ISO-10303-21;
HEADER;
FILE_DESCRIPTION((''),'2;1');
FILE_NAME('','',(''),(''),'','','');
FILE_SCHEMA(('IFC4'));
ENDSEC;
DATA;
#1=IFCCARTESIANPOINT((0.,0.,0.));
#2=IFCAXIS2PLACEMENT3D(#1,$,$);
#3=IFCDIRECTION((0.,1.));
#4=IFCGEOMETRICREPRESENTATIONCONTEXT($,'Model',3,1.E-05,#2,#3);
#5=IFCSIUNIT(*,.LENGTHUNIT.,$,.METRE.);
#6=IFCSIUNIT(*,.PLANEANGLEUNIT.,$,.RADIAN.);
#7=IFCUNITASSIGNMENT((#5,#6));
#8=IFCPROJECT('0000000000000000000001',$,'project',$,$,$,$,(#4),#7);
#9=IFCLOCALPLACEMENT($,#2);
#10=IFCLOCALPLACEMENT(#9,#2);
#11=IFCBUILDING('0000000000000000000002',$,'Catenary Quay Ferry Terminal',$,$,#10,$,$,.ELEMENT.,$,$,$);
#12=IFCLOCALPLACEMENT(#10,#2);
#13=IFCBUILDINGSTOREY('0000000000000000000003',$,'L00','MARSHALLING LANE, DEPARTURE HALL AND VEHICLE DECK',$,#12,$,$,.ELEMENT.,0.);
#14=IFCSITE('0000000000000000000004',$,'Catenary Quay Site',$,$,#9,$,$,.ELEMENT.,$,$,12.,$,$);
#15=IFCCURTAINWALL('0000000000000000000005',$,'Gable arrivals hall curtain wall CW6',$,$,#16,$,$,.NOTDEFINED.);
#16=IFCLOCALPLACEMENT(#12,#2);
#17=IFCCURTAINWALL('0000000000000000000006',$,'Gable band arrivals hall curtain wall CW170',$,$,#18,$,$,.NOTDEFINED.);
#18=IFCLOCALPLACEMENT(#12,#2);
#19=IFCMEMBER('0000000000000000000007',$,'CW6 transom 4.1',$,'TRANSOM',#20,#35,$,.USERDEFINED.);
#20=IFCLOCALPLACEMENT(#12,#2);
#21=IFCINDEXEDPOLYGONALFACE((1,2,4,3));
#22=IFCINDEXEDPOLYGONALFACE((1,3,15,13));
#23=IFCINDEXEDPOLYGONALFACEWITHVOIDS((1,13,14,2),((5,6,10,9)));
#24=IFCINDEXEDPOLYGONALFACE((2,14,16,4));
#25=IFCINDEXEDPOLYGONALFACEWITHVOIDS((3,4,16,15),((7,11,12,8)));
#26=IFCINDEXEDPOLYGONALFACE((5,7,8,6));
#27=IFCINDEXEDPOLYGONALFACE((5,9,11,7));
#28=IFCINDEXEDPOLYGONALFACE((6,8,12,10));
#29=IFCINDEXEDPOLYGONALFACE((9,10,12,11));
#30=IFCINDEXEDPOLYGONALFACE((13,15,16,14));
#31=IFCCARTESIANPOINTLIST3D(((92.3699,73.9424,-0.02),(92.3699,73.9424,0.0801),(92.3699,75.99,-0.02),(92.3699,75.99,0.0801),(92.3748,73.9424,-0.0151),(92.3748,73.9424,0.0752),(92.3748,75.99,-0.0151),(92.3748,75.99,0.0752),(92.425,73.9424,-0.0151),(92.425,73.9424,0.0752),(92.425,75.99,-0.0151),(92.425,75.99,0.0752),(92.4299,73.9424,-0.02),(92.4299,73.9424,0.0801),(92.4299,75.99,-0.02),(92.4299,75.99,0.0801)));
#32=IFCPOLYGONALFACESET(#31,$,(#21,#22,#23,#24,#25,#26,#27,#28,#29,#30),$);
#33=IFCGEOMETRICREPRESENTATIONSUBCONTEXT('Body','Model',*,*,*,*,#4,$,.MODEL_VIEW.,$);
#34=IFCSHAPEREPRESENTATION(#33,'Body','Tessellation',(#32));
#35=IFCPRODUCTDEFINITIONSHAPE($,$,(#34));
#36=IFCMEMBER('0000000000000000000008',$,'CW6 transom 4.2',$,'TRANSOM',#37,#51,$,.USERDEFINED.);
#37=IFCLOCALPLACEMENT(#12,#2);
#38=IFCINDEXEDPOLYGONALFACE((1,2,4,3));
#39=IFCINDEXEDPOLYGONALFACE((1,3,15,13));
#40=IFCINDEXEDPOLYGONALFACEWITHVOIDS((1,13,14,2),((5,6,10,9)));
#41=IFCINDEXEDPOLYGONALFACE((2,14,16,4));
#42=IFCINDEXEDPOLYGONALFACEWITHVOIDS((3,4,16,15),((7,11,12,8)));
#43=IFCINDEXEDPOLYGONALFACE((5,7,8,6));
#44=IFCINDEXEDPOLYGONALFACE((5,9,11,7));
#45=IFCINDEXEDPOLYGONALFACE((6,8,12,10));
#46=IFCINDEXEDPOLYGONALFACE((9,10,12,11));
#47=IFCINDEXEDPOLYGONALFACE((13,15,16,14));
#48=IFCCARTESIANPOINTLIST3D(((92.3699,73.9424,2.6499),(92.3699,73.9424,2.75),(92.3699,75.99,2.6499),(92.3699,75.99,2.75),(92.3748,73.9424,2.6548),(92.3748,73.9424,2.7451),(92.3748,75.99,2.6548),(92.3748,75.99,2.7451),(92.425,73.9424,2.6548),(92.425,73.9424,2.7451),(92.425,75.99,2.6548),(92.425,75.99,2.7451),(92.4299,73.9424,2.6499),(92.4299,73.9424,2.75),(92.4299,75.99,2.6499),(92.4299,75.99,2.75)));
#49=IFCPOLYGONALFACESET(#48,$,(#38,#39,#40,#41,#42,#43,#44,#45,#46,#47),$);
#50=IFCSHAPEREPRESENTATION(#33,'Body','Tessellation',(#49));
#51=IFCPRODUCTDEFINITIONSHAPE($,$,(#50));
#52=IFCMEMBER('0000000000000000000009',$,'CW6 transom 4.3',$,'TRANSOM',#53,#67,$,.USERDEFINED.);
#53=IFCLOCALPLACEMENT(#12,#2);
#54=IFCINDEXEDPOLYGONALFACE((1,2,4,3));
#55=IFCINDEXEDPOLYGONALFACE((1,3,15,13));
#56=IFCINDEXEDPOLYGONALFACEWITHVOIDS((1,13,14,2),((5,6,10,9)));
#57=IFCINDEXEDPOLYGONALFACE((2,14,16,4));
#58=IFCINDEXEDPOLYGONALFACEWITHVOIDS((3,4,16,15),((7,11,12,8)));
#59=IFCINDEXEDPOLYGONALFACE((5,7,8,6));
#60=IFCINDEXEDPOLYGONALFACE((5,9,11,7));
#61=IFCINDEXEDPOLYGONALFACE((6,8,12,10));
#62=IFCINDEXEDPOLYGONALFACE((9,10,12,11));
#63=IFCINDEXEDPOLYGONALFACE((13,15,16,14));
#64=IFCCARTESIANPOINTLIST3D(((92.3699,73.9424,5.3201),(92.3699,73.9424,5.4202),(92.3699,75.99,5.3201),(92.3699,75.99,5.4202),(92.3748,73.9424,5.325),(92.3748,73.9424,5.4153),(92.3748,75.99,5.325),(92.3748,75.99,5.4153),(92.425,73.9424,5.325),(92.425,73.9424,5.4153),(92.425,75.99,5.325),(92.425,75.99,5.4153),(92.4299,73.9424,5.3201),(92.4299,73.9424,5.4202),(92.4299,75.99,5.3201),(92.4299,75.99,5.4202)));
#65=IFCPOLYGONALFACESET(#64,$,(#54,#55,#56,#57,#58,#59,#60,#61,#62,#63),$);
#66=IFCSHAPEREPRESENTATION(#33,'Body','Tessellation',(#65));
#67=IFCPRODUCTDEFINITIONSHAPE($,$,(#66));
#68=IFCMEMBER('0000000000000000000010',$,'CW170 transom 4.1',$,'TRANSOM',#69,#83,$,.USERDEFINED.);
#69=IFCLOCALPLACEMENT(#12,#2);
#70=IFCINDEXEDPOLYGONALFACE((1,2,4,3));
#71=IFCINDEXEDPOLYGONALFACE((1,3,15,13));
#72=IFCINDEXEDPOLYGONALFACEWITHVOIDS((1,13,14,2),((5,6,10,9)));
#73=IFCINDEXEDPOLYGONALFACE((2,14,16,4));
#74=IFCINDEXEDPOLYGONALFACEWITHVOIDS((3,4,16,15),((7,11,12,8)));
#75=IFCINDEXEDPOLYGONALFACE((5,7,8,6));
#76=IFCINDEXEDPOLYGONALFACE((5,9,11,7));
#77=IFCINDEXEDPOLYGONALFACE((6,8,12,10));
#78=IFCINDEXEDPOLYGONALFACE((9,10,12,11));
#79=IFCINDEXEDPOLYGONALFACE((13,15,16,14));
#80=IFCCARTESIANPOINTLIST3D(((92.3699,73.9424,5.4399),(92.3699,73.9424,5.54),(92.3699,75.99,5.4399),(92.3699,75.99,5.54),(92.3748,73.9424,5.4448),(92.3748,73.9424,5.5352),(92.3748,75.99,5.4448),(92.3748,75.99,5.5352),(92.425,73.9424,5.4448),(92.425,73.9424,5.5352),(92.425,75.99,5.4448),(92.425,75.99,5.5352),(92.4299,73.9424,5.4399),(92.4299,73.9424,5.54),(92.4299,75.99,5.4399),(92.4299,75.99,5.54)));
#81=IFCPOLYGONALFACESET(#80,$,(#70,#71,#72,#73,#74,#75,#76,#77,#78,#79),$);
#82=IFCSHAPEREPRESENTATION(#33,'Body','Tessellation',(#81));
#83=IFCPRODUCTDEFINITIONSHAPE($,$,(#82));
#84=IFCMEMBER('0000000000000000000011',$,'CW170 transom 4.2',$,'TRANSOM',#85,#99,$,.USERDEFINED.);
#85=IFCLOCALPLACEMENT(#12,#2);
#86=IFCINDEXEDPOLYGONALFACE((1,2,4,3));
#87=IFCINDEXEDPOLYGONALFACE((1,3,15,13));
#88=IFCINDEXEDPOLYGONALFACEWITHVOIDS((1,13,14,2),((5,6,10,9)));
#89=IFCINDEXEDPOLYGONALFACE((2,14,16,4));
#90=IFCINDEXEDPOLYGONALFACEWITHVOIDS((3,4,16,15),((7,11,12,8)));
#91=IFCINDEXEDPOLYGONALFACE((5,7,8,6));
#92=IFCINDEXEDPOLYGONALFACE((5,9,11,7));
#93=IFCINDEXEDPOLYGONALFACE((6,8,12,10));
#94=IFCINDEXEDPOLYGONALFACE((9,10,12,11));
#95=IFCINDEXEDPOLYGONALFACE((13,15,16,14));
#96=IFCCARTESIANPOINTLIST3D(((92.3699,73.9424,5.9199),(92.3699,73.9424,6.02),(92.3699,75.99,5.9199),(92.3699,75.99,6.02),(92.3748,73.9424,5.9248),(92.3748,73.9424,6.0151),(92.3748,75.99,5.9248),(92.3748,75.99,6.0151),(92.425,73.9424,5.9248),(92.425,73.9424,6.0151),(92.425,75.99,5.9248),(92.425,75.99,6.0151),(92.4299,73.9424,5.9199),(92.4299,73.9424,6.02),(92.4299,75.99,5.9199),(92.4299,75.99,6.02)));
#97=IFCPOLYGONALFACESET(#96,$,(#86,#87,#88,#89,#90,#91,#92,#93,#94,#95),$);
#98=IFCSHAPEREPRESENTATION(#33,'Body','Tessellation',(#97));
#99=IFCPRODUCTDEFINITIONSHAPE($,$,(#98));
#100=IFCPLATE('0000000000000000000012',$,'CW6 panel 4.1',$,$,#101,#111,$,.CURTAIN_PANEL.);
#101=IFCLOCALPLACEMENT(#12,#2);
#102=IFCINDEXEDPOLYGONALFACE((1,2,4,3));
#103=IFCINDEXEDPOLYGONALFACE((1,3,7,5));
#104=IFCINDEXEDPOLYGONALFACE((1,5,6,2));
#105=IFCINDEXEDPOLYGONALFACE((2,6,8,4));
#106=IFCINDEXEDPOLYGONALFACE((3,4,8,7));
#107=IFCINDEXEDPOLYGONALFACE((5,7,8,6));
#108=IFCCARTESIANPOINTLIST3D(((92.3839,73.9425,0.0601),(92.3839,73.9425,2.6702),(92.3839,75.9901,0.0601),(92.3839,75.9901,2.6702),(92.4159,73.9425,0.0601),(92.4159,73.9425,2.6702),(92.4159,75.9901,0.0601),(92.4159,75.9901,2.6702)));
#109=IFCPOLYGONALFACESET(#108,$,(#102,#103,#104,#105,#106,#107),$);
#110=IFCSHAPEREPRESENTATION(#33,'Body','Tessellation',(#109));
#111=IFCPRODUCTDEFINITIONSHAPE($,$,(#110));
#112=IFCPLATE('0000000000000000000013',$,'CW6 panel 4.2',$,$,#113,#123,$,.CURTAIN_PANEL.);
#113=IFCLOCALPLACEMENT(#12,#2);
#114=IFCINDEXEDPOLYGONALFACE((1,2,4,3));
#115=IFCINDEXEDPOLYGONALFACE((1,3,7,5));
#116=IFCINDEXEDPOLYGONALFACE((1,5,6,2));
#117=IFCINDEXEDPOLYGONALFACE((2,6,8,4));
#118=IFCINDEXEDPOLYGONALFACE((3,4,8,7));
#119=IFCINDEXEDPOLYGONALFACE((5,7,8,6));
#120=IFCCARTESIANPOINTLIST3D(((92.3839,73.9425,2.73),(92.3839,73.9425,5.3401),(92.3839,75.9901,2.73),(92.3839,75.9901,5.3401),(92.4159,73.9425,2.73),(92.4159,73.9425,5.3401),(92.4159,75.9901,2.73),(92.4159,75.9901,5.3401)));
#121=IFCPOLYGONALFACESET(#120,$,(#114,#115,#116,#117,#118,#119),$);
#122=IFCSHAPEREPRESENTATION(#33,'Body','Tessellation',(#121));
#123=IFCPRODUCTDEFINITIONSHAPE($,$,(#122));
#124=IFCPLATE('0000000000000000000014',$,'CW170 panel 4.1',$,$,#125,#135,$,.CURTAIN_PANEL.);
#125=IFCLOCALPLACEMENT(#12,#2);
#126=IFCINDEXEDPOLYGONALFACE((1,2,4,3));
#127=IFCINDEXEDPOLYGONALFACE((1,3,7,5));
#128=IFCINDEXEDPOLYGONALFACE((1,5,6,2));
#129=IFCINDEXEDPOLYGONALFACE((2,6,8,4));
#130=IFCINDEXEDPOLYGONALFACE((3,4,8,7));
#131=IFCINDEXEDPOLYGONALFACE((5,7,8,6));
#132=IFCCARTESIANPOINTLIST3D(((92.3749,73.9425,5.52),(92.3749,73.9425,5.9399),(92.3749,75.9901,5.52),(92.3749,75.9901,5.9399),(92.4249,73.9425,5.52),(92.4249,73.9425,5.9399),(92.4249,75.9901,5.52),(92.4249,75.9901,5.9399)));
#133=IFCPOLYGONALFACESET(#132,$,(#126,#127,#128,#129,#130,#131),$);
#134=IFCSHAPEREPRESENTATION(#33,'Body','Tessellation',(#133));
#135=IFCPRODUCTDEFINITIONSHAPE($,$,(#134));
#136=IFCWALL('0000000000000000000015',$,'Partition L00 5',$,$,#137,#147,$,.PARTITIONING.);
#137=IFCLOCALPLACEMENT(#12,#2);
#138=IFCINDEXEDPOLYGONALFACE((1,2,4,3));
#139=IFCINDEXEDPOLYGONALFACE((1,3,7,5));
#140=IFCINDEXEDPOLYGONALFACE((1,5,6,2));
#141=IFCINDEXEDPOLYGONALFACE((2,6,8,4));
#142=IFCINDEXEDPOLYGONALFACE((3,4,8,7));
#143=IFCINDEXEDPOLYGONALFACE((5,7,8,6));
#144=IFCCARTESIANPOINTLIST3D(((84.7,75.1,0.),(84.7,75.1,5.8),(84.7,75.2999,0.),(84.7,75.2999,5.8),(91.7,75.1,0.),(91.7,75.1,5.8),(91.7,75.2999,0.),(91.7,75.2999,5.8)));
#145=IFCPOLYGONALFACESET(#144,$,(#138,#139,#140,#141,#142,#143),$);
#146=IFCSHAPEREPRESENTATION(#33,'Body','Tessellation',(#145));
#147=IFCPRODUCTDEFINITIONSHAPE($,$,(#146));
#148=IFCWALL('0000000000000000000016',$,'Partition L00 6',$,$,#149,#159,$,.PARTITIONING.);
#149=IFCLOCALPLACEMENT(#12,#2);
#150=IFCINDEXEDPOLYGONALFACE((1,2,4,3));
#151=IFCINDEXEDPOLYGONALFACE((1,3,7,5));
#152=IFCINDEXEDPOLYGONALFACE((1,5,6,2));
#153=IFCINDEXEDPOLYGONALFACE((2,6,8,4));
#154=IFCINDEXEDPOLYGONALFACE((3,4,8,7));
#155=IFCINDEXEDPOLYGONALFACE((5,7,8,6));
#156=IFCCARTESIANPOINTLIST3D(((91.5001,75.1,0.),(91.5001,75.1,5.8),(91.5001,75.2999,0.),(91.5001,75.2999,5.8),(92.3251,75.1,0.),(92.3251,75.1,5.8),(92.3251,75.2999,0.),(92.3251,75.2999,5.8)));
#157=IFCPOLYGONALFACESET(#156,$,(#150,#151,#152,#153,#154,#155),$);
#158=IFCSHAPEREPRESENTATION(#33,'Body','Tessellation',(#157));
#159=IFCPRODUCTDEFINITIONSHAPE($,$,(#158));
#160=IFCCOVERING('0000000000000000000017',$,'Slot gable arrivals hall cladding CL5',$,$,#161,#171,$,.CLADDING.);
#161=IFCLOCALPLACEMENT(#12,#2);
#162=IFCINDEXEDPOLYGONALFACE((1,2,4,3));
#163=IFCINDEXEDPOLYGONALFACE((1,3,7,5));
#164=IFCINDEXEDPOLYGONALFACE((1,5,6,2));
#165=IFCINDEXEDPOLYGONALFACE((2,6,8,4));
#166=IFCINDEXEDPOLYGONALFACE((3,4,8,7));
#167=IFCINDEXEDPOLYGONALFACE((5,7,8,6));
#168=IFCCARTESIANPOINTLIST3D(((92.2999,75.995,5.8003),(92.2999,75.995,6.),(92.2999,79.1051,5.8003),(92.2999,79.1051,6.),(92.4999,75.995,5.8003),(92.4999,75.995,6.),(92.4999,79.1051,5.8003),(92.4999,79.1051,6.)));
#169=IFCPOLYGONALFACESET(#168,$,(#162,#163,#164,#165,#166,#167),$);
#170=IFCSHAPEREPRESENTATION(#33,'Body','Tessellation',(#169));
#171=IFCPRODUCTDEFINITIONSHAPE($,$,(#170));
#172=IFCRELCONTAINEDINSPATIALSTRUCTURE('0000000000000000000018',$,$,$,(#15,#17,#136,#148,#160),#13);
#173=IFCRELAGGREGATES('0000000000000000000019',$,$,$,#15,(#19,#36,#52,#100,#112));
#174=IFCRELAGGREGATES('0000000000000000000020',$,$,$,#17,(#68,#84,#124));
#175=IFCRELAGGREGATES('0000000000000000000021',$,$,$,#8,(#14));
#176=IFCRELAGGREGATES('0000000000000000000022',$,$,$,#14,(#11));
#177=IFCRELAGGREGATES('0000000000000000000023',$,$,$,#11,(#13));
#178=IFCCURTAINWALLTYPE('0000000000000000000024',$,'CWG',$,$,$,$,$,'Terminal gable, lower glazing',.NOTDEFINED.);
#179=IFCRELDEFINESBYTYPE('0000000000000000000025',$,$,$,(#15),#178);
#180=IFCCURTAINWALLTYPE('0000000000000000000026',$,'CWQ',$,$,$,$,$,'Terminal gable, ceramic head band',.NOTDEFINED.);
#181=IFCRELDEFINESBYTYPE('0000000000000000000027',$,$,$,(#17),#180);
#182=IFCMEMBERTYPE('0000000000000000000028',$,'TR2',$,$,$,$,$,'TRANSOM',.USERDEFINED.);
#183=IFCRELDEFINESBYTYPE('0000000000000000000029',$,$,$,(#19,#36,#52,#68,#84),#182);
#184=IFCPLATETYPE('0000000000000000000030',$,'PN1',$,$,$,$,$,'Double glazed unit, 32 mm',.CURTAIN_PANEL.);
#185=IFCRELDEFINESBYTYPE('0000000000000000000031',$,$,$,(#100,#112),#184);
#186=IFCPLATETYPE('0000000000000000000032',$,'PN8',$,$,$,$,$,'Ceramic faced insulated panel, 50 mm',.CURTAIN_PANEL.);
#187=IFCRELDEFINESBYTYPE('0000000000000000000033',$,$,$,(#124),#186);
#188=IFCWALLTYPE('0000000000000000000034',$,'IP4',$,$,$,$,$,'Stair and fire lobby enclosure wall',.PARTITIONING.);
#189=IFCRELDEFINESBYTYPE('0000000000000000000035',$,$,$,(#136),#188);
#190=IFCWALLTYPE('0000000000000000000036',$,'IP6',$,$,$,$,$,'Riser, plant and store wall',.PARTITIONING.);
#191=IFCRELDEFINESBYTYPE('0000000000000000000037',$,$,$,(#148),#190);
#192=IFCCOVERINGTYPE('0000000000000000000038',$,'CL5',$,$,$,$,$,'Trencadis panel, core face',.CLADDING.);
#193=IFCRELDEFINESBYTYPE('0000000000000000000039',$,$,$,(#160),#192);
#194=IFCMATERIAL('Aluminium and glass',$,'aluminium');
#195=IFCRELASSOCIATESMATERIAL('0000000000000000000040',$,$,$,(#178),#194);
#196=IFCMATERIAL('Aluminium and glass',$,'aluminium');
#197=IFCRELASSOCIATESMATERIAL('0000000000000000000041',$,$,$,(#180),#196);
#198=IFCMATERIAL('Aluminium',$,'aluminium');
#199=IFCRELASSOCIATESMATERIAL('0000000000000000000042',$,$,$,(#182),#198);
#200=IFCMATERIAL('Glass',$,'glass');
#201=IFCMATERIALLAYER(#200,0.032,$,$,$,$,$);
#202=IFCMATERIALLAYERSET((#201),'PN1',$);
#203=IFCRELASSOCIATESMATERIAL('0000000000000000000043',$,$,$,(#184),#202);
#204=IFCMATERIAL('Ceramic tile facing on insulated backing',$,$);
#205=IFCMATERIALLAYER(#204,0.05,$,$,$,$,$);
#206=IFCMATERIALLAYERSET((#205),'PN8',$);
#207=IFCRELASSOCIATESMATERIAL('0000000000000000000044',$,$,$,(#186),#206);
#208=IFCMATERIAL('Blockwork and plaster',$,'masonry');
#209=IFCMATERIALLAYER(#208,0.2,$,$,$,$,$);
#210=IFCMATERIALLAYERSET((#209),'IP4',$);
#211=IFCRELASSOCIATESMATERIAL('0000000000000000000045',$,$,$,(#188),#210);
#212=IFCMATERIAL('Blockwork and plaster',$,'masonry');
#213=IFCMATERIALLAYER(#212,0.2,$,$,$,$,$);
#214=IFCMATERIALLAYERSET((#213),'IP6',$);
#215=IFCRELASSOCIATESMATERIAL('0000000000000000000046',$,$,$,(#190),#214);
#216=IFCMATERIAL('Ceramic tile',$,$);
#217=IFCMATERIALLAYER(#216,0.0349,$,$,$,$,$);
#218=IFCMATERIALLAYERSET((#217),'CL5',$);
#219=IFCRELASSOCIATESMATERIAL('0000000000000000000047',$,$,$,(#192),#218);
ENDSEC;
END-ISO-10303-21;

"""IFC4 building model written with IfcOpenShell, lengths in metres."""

from ifc_helpers import new_model, si_unit, direction, frame, frame_2d, origin, origin_2d, place, context, subcontext, project, spatial, rectangle, hollow_rectangle, extrude, material, layer, layer_set, material_profile, profile_set, type_object, element, aggregate, save


model = new_model("IFC4")

# Units and contexts
model_context = context("Model", 3, precision=1e-05, world=origin(), true_north=direction((0.0, 1.0)))
body_context = subcontext(model_context, "Body", "Model", "MODEL_VIEW")
ifc_project = project(units=[si_unit("LENGTHUNIT", "METRE"), si_unit("PLANEANGLEUNIT", "RADIAN")], contexts=[model_context])

# Site, building, storey
site_placement = place(None, origin())
site = spatial("IfcSite", under=ifc_project, at=site_placement, Name="Catenary Quay Site", CompositionType="ELEMENT", RefElevation=12.0)
building_placement = place(site_placement, origin())
building = spatial("IfcBuilding", under=site, at=building_placement, Name="Catenary Quay Ferry Terminal", CompositionType="ELEMENT")
storey_placement = place(building_placement, origin())
storey = spatial("IfcBuildingStorey", under=building, at=storey_placement, Name="L00", Description="MARSHALLING LANE, DEPARTURE HALL AND VEHICLE DECK", CompositionType="ELEMENT", Elevation=0.0)

# Curtain walls
ifc_material_1 = material(Name="Aluminium and glass", Category="aluminium")
curtain_wall_type_1 = type_object("IfcCurtainWallType", Name="CWG", ElementType="Terminal gable, lower glazing", PredefinedType="NOTDEFINED", material=ifc_material_1)
curtain_wall_1_placement = place(storey_placement, origin())
curtain_wall_1 = element("IfcCurtainWall", 1, at=curtain_wall_1_placement, inside=storey, type_object=curtain_wall_type_1, Name="Gable arrivals hall curtain wall CW6", PredefinedType="NOTDEFINED")
ifc_material_2 = material(Name="Aluminium and glass", Category="aluminium")
curtain_wall_type_2 = type_object("IfcCurtainWallType", Name="CWQ", ElementType="Terminal gable, ceramic head band", PredefinedType="NOTDEFINED", material=ifc_material_2)
curtain_wall_2_placement = place(storey_placement, origin())
curtain_wall_2 = element("IfcCurtainWall", 2, at=curtain_wall_2_placement, inside=storey, type_object=curtain_wall_type_2, Name="Gable band arrivals hall curtain wall CW170", PredefinedType="NOTDEFINED")

# Members
ifc_material_3 = material(Name="Aluminium", Category="aluminium")
ifc_material_profile_1 = material_profile(ifc_material_3, hollow_rectangle(XDim=0.0601, YDim=0.1001, WallThickness=0.0049, at=origin_2d()), Name="TR2")
ifc_profile_set_1 = profile_set([ifc_material_profile_1], Name="Aluminium")
member_type_1 = type_object("IfcMemberType", Name="TR2", ElementType="TRANSOM", PredefinedType="USERDEFINED", material=ifc_profile_set_1)
member_1_placement = place(storey_placement, frame((92.3999, 73.9424, 0.03), z_axis=(0.0, 1.0, 0.0), x_axis=(-1.0, 0.0, 0.0)))
member_1 = element("IfcMember", 3, at=member_1_placement, type_object=member_type_1, Name="CW6 transom 4.1", ObjectType="TRANSOM", PredefinedType="USERDEFINED", context=body_context, shape_type="SweptSolid", body=[
    extrude(hollow_rectangle(XDim=0.0601, YDim=0.1001, WallThickness=0.0049, at=origin_2d()), origin(), (0.0, 0.0, 1.0), 2.0476),
])
member_2_placement = place(storey_placement, frame((92.3999, 73.9424, 2.7), z_axis=(0.0, 1.0, 0.0), x_axis=(-1.0, 0.0, 0.0)))
member_2 = element("IfcMember", 4, at=member_2_placement, type_object=member_type_1, Name="CW6 transom 4.2", ObjectType="TRANSOM", PredefinedType="USERDEFINED", context=body_context, shape_type="SweptSolid", body=[
    extrude(hollow_rectangle(XDim=0.0601, YDim=0.1001, WallThickness=0.0049, at=origin_2d()), origin(), (0.0, 0.0, 1.0), 2.0476),
])
member_3_placement = place(storey_placement, frame((92.3999, 73.9424, 5.3701), z_axis=(0.0, 1.0, 0.0), x_axis=(-1.0, 0.0, 0.0)))
member_3 = element("IfcMember", 5, at=member_3_placement, type_object=member_type_1, Name="CW6 transom 4.3", ObjectType="TRANSOM", PredefinedType="USERDEFINED", context=body_context, shape_type="SweptSolid", body=[
    extrude(hollow_rectangle(XDim=0.0601, YDim=0.1001, WallThickness=0.0049, at=origin_2d()), origin(), (0.0, 0.0, 1.0), 2.0476),
])
member_4_placement = place(storey_placement, frame((92.3999, 73.9424, 5.49), z_axis=(0.0, 1.0, 0.0), x_axis=(-1.0, 0.0, 0.0)))
member_4 = element("IfcMember", 6, at=member_4_placement, type_object=member_type_1, Name="CW170 transom 4.1", ObjectType="TRANSOM", PredefinedType="USERDEFINED", context=body_context, shape_type="SweptSolid", body=[
    extrude(hollow_rectangle(XDim=0.0601, YDim=0.1001, WallThickness=0.0049, at=origin_2d()), origin(), (0.0, 0.0, 1.0), 2.0476),
])
member_5_placement = place(storey_placement, frame((92.3999, 73.9424, 5.97), z_axis=(0.0, 1.0, 0.0), x_axis=(-1.0, 0.0, 0.0)))
member_5 = element("IfcMember", 7, at=member_5_placement, type_object=member_type_1, Name="CW170 transom 4.2", ObjectType="TRANSOM", PredefinedType="USERDEFINED", context=body_context, shape_type="SweptSolid", body=[
    extrude(hollow_rectangle(XDim=0.0601, YDim=0.1001, WallThickness=0.0049, at=origin_2d()), origin(), (0.0, 0.0, 1.0), 2.0476),
])

# Plates
ifc_material_4 = material(Name="Glass", Category="glass")
ifc_layer_1 = layer(ifc_material_4, 0.032)
ifc_layer_set_1 = layer_set([ifc_layer_1], Name="PN1")
plate_type_1 = type_object("IfcPlateType", Name="PN1", ElementType="Double glazed unit, 32 mm", PredefinedType="CURTAIN_PANEL", material=ifc_layer_set_1)
plate_1_placement = place(storey_placement, frame((92.3999, 74.9663, 0.0601), z_axis=(0.0, 0.0, 1.0), x_axis=(0.0, 1.0, 0.0)))
plate_1 = element("IfcPlate", 8, at=plate_1_placement, type_object=plate_type_1, Name="CW6 panel 4.1", PredefinedType="CURTAIN_PANEL", context=body_context, shape_type="SweptSolid", body=[
    extrude(rectangle(XDim=2.0476, YDim=0.032, at=origin_2d()), origin(), (0.0, 0.0, 1.0), 2.6101),
])
plate_2_placement = place(storey_placement, frame((92.3999, 74.9663, 2.73), z_axis=(0.0, 0.0, 1.0), x_axis=(0.0, 1.0, 0.0)))
plate_2 = element("IfcPlate", 9, at=plate_2_placement, type_object=plate_type_1, Name="CW6 panel 4.2", PredefinedType="CURTAIN_PANEL", context=body_context, shape_type="SweptSolid", body=[
    extrude(rectangle(XDim=2.0476, YDim=0.032, at=origin_2d()), origin(), (0.0, 0.0, 1.0), 2.6101),
])
aggregate(curtain_wall_1, [member_1, member_2, member_3, plate_1, plate_2])
ifc_material_5 = material(Name="Ceramic tile facing on insulated backing")
ifc_layer_2 = layer(ifc_material_5, 0.05)
ifc_layer_set_2 = layer_set([ifc_layer_2], Name="PN8")
plate_type_2 = type_object("IfcPlateType", Name="PN8", ElementType="Ceramic faced insulated panel, 50 mm", PredefinedType="CURTAIN_PANEL", material=ifc_layer_set_2)
plate_3_placement = place(storey_placement, frame((92.3999, 74.9663, 5.52), z_axis=(0.0, 0.0, 1.0), x_axis=(0.0, 1.0, 0.0)))
plate_3 = element("IfcPlate", 10, at=plate_3_placement, type_object=plate_type_2, Name="CW170 panel 4.1", PredefinedType="CURTAIN_PANEL", context=body_context, shape_type="SweptSolid", body=[
    extrude(rectangle(XDim=2.0476, YDim=0.05, at=origin_2d()), origin(), (0.0, 0.0, 1.0), 0.4199),
])
aggregate(curtain_wall_2, [member_4, member_5, plate_3])

# Walls
ifc_material_6 = material(Name="Blockwork and plaster", Category="masonry")
ifc_layer_3 = layer(ifc_material_6, 0.2)
ifc_layer_set_3 = layer_set([ifc_layer_3], Name="IP4")
wall_type_1 = type_object("IfcWallType", Name="IP4", ElementType="Stair and fire lobby enclosure wall", PredefinedType="PARTITIONING", material=ifc_layer_set_3)
wall_1_placement = place(storey_placement, frame((84.7, 75.2, 0.0), z_axis=(0.0, 0.0, 1.0), x_axis=(1.0, 0.0, 0.0)))
element("IfcWall", 11, at=wall_1_placement, inside=storey, type_object=wall_type_1, Name="Partition L00 5", PredefinedType="PARTITIONING", context=body_context, shape_type="SweptSolid", body=[
    extrude(rectangle(XDim=7.0, YDim=0.2, at=frame_2d((3.5, 0.0))), origin(), (0.0, 0.0, 1.0), 5.8),
])
ifc_material_7 = material(Name="Blockwork and plaster", Category="masonry")
ifc_layer_4 = layer(ifc_material_7, 0.2)
ifc_layer_set_4 = layer_set([ifc_layer_4], Name="IP6")
wall_type_2 = type_object("IfcWallType", Name="IP6", ElementType="Riser, plant and store wall", PredefinedType="PARTITIONING", material=ifc_layer_set_4)
wall_2_placement = place(storey_placement, frame((91.5, 75.2, 0.0), z_axis=(0.0, 0.0, 1.0), x_axis=(1.0, 0.0, 0.0)))
element("IfcWall", 12, at=wall_2_placement, inside=storey, type_object=wall_type_2, Name="Partition L00 6", PredefinedType="PARTITIONING", context=body_context, shape_type="SweptSolid", body=[
    extrude(rectangle(XDim=0.825, YDim=0.2, at=frame_2d((0.4126, 0.0))), origin(), (0.0, 0.0, 1.0), 5.8),
])

# Covering
ifc_material_8 = material(Name="Ceramic tile")
ifc_layer_5 = layer(ifc_material_8, 0.0349)
ifc_layer_set_5 = layer_set([ifc_layer_5], Name="CL5")
covering_type = type_object("IfcCoveringType", Name="CL5", ElementType="Trencadis panel, core face", PredefinedType="CLADDING", material=ifc_layer_set_5)
covering_placement = place(storey_placement, frame((92.3999, 77.55, 5.8003), z_axis=(0.0, 0.0, 1.0), x_axis=(1.0, 0.0, 0.0)))
element("IfcCovering", 13, at=covering_placement, inside=storey, type_object=covering_type, Name="Slot gable arrivals hall cladding CL5", PredefinedType="CLADDING", context=body_context, shape_type="SweptSolid", body=[
    extrude(rectangle(XDim=0.2, YDim=3.1101, at=origin_2d()), origin(), (0.0, 0.0, 1.0), 0.1997),
])

save(model, "model.ifc")
